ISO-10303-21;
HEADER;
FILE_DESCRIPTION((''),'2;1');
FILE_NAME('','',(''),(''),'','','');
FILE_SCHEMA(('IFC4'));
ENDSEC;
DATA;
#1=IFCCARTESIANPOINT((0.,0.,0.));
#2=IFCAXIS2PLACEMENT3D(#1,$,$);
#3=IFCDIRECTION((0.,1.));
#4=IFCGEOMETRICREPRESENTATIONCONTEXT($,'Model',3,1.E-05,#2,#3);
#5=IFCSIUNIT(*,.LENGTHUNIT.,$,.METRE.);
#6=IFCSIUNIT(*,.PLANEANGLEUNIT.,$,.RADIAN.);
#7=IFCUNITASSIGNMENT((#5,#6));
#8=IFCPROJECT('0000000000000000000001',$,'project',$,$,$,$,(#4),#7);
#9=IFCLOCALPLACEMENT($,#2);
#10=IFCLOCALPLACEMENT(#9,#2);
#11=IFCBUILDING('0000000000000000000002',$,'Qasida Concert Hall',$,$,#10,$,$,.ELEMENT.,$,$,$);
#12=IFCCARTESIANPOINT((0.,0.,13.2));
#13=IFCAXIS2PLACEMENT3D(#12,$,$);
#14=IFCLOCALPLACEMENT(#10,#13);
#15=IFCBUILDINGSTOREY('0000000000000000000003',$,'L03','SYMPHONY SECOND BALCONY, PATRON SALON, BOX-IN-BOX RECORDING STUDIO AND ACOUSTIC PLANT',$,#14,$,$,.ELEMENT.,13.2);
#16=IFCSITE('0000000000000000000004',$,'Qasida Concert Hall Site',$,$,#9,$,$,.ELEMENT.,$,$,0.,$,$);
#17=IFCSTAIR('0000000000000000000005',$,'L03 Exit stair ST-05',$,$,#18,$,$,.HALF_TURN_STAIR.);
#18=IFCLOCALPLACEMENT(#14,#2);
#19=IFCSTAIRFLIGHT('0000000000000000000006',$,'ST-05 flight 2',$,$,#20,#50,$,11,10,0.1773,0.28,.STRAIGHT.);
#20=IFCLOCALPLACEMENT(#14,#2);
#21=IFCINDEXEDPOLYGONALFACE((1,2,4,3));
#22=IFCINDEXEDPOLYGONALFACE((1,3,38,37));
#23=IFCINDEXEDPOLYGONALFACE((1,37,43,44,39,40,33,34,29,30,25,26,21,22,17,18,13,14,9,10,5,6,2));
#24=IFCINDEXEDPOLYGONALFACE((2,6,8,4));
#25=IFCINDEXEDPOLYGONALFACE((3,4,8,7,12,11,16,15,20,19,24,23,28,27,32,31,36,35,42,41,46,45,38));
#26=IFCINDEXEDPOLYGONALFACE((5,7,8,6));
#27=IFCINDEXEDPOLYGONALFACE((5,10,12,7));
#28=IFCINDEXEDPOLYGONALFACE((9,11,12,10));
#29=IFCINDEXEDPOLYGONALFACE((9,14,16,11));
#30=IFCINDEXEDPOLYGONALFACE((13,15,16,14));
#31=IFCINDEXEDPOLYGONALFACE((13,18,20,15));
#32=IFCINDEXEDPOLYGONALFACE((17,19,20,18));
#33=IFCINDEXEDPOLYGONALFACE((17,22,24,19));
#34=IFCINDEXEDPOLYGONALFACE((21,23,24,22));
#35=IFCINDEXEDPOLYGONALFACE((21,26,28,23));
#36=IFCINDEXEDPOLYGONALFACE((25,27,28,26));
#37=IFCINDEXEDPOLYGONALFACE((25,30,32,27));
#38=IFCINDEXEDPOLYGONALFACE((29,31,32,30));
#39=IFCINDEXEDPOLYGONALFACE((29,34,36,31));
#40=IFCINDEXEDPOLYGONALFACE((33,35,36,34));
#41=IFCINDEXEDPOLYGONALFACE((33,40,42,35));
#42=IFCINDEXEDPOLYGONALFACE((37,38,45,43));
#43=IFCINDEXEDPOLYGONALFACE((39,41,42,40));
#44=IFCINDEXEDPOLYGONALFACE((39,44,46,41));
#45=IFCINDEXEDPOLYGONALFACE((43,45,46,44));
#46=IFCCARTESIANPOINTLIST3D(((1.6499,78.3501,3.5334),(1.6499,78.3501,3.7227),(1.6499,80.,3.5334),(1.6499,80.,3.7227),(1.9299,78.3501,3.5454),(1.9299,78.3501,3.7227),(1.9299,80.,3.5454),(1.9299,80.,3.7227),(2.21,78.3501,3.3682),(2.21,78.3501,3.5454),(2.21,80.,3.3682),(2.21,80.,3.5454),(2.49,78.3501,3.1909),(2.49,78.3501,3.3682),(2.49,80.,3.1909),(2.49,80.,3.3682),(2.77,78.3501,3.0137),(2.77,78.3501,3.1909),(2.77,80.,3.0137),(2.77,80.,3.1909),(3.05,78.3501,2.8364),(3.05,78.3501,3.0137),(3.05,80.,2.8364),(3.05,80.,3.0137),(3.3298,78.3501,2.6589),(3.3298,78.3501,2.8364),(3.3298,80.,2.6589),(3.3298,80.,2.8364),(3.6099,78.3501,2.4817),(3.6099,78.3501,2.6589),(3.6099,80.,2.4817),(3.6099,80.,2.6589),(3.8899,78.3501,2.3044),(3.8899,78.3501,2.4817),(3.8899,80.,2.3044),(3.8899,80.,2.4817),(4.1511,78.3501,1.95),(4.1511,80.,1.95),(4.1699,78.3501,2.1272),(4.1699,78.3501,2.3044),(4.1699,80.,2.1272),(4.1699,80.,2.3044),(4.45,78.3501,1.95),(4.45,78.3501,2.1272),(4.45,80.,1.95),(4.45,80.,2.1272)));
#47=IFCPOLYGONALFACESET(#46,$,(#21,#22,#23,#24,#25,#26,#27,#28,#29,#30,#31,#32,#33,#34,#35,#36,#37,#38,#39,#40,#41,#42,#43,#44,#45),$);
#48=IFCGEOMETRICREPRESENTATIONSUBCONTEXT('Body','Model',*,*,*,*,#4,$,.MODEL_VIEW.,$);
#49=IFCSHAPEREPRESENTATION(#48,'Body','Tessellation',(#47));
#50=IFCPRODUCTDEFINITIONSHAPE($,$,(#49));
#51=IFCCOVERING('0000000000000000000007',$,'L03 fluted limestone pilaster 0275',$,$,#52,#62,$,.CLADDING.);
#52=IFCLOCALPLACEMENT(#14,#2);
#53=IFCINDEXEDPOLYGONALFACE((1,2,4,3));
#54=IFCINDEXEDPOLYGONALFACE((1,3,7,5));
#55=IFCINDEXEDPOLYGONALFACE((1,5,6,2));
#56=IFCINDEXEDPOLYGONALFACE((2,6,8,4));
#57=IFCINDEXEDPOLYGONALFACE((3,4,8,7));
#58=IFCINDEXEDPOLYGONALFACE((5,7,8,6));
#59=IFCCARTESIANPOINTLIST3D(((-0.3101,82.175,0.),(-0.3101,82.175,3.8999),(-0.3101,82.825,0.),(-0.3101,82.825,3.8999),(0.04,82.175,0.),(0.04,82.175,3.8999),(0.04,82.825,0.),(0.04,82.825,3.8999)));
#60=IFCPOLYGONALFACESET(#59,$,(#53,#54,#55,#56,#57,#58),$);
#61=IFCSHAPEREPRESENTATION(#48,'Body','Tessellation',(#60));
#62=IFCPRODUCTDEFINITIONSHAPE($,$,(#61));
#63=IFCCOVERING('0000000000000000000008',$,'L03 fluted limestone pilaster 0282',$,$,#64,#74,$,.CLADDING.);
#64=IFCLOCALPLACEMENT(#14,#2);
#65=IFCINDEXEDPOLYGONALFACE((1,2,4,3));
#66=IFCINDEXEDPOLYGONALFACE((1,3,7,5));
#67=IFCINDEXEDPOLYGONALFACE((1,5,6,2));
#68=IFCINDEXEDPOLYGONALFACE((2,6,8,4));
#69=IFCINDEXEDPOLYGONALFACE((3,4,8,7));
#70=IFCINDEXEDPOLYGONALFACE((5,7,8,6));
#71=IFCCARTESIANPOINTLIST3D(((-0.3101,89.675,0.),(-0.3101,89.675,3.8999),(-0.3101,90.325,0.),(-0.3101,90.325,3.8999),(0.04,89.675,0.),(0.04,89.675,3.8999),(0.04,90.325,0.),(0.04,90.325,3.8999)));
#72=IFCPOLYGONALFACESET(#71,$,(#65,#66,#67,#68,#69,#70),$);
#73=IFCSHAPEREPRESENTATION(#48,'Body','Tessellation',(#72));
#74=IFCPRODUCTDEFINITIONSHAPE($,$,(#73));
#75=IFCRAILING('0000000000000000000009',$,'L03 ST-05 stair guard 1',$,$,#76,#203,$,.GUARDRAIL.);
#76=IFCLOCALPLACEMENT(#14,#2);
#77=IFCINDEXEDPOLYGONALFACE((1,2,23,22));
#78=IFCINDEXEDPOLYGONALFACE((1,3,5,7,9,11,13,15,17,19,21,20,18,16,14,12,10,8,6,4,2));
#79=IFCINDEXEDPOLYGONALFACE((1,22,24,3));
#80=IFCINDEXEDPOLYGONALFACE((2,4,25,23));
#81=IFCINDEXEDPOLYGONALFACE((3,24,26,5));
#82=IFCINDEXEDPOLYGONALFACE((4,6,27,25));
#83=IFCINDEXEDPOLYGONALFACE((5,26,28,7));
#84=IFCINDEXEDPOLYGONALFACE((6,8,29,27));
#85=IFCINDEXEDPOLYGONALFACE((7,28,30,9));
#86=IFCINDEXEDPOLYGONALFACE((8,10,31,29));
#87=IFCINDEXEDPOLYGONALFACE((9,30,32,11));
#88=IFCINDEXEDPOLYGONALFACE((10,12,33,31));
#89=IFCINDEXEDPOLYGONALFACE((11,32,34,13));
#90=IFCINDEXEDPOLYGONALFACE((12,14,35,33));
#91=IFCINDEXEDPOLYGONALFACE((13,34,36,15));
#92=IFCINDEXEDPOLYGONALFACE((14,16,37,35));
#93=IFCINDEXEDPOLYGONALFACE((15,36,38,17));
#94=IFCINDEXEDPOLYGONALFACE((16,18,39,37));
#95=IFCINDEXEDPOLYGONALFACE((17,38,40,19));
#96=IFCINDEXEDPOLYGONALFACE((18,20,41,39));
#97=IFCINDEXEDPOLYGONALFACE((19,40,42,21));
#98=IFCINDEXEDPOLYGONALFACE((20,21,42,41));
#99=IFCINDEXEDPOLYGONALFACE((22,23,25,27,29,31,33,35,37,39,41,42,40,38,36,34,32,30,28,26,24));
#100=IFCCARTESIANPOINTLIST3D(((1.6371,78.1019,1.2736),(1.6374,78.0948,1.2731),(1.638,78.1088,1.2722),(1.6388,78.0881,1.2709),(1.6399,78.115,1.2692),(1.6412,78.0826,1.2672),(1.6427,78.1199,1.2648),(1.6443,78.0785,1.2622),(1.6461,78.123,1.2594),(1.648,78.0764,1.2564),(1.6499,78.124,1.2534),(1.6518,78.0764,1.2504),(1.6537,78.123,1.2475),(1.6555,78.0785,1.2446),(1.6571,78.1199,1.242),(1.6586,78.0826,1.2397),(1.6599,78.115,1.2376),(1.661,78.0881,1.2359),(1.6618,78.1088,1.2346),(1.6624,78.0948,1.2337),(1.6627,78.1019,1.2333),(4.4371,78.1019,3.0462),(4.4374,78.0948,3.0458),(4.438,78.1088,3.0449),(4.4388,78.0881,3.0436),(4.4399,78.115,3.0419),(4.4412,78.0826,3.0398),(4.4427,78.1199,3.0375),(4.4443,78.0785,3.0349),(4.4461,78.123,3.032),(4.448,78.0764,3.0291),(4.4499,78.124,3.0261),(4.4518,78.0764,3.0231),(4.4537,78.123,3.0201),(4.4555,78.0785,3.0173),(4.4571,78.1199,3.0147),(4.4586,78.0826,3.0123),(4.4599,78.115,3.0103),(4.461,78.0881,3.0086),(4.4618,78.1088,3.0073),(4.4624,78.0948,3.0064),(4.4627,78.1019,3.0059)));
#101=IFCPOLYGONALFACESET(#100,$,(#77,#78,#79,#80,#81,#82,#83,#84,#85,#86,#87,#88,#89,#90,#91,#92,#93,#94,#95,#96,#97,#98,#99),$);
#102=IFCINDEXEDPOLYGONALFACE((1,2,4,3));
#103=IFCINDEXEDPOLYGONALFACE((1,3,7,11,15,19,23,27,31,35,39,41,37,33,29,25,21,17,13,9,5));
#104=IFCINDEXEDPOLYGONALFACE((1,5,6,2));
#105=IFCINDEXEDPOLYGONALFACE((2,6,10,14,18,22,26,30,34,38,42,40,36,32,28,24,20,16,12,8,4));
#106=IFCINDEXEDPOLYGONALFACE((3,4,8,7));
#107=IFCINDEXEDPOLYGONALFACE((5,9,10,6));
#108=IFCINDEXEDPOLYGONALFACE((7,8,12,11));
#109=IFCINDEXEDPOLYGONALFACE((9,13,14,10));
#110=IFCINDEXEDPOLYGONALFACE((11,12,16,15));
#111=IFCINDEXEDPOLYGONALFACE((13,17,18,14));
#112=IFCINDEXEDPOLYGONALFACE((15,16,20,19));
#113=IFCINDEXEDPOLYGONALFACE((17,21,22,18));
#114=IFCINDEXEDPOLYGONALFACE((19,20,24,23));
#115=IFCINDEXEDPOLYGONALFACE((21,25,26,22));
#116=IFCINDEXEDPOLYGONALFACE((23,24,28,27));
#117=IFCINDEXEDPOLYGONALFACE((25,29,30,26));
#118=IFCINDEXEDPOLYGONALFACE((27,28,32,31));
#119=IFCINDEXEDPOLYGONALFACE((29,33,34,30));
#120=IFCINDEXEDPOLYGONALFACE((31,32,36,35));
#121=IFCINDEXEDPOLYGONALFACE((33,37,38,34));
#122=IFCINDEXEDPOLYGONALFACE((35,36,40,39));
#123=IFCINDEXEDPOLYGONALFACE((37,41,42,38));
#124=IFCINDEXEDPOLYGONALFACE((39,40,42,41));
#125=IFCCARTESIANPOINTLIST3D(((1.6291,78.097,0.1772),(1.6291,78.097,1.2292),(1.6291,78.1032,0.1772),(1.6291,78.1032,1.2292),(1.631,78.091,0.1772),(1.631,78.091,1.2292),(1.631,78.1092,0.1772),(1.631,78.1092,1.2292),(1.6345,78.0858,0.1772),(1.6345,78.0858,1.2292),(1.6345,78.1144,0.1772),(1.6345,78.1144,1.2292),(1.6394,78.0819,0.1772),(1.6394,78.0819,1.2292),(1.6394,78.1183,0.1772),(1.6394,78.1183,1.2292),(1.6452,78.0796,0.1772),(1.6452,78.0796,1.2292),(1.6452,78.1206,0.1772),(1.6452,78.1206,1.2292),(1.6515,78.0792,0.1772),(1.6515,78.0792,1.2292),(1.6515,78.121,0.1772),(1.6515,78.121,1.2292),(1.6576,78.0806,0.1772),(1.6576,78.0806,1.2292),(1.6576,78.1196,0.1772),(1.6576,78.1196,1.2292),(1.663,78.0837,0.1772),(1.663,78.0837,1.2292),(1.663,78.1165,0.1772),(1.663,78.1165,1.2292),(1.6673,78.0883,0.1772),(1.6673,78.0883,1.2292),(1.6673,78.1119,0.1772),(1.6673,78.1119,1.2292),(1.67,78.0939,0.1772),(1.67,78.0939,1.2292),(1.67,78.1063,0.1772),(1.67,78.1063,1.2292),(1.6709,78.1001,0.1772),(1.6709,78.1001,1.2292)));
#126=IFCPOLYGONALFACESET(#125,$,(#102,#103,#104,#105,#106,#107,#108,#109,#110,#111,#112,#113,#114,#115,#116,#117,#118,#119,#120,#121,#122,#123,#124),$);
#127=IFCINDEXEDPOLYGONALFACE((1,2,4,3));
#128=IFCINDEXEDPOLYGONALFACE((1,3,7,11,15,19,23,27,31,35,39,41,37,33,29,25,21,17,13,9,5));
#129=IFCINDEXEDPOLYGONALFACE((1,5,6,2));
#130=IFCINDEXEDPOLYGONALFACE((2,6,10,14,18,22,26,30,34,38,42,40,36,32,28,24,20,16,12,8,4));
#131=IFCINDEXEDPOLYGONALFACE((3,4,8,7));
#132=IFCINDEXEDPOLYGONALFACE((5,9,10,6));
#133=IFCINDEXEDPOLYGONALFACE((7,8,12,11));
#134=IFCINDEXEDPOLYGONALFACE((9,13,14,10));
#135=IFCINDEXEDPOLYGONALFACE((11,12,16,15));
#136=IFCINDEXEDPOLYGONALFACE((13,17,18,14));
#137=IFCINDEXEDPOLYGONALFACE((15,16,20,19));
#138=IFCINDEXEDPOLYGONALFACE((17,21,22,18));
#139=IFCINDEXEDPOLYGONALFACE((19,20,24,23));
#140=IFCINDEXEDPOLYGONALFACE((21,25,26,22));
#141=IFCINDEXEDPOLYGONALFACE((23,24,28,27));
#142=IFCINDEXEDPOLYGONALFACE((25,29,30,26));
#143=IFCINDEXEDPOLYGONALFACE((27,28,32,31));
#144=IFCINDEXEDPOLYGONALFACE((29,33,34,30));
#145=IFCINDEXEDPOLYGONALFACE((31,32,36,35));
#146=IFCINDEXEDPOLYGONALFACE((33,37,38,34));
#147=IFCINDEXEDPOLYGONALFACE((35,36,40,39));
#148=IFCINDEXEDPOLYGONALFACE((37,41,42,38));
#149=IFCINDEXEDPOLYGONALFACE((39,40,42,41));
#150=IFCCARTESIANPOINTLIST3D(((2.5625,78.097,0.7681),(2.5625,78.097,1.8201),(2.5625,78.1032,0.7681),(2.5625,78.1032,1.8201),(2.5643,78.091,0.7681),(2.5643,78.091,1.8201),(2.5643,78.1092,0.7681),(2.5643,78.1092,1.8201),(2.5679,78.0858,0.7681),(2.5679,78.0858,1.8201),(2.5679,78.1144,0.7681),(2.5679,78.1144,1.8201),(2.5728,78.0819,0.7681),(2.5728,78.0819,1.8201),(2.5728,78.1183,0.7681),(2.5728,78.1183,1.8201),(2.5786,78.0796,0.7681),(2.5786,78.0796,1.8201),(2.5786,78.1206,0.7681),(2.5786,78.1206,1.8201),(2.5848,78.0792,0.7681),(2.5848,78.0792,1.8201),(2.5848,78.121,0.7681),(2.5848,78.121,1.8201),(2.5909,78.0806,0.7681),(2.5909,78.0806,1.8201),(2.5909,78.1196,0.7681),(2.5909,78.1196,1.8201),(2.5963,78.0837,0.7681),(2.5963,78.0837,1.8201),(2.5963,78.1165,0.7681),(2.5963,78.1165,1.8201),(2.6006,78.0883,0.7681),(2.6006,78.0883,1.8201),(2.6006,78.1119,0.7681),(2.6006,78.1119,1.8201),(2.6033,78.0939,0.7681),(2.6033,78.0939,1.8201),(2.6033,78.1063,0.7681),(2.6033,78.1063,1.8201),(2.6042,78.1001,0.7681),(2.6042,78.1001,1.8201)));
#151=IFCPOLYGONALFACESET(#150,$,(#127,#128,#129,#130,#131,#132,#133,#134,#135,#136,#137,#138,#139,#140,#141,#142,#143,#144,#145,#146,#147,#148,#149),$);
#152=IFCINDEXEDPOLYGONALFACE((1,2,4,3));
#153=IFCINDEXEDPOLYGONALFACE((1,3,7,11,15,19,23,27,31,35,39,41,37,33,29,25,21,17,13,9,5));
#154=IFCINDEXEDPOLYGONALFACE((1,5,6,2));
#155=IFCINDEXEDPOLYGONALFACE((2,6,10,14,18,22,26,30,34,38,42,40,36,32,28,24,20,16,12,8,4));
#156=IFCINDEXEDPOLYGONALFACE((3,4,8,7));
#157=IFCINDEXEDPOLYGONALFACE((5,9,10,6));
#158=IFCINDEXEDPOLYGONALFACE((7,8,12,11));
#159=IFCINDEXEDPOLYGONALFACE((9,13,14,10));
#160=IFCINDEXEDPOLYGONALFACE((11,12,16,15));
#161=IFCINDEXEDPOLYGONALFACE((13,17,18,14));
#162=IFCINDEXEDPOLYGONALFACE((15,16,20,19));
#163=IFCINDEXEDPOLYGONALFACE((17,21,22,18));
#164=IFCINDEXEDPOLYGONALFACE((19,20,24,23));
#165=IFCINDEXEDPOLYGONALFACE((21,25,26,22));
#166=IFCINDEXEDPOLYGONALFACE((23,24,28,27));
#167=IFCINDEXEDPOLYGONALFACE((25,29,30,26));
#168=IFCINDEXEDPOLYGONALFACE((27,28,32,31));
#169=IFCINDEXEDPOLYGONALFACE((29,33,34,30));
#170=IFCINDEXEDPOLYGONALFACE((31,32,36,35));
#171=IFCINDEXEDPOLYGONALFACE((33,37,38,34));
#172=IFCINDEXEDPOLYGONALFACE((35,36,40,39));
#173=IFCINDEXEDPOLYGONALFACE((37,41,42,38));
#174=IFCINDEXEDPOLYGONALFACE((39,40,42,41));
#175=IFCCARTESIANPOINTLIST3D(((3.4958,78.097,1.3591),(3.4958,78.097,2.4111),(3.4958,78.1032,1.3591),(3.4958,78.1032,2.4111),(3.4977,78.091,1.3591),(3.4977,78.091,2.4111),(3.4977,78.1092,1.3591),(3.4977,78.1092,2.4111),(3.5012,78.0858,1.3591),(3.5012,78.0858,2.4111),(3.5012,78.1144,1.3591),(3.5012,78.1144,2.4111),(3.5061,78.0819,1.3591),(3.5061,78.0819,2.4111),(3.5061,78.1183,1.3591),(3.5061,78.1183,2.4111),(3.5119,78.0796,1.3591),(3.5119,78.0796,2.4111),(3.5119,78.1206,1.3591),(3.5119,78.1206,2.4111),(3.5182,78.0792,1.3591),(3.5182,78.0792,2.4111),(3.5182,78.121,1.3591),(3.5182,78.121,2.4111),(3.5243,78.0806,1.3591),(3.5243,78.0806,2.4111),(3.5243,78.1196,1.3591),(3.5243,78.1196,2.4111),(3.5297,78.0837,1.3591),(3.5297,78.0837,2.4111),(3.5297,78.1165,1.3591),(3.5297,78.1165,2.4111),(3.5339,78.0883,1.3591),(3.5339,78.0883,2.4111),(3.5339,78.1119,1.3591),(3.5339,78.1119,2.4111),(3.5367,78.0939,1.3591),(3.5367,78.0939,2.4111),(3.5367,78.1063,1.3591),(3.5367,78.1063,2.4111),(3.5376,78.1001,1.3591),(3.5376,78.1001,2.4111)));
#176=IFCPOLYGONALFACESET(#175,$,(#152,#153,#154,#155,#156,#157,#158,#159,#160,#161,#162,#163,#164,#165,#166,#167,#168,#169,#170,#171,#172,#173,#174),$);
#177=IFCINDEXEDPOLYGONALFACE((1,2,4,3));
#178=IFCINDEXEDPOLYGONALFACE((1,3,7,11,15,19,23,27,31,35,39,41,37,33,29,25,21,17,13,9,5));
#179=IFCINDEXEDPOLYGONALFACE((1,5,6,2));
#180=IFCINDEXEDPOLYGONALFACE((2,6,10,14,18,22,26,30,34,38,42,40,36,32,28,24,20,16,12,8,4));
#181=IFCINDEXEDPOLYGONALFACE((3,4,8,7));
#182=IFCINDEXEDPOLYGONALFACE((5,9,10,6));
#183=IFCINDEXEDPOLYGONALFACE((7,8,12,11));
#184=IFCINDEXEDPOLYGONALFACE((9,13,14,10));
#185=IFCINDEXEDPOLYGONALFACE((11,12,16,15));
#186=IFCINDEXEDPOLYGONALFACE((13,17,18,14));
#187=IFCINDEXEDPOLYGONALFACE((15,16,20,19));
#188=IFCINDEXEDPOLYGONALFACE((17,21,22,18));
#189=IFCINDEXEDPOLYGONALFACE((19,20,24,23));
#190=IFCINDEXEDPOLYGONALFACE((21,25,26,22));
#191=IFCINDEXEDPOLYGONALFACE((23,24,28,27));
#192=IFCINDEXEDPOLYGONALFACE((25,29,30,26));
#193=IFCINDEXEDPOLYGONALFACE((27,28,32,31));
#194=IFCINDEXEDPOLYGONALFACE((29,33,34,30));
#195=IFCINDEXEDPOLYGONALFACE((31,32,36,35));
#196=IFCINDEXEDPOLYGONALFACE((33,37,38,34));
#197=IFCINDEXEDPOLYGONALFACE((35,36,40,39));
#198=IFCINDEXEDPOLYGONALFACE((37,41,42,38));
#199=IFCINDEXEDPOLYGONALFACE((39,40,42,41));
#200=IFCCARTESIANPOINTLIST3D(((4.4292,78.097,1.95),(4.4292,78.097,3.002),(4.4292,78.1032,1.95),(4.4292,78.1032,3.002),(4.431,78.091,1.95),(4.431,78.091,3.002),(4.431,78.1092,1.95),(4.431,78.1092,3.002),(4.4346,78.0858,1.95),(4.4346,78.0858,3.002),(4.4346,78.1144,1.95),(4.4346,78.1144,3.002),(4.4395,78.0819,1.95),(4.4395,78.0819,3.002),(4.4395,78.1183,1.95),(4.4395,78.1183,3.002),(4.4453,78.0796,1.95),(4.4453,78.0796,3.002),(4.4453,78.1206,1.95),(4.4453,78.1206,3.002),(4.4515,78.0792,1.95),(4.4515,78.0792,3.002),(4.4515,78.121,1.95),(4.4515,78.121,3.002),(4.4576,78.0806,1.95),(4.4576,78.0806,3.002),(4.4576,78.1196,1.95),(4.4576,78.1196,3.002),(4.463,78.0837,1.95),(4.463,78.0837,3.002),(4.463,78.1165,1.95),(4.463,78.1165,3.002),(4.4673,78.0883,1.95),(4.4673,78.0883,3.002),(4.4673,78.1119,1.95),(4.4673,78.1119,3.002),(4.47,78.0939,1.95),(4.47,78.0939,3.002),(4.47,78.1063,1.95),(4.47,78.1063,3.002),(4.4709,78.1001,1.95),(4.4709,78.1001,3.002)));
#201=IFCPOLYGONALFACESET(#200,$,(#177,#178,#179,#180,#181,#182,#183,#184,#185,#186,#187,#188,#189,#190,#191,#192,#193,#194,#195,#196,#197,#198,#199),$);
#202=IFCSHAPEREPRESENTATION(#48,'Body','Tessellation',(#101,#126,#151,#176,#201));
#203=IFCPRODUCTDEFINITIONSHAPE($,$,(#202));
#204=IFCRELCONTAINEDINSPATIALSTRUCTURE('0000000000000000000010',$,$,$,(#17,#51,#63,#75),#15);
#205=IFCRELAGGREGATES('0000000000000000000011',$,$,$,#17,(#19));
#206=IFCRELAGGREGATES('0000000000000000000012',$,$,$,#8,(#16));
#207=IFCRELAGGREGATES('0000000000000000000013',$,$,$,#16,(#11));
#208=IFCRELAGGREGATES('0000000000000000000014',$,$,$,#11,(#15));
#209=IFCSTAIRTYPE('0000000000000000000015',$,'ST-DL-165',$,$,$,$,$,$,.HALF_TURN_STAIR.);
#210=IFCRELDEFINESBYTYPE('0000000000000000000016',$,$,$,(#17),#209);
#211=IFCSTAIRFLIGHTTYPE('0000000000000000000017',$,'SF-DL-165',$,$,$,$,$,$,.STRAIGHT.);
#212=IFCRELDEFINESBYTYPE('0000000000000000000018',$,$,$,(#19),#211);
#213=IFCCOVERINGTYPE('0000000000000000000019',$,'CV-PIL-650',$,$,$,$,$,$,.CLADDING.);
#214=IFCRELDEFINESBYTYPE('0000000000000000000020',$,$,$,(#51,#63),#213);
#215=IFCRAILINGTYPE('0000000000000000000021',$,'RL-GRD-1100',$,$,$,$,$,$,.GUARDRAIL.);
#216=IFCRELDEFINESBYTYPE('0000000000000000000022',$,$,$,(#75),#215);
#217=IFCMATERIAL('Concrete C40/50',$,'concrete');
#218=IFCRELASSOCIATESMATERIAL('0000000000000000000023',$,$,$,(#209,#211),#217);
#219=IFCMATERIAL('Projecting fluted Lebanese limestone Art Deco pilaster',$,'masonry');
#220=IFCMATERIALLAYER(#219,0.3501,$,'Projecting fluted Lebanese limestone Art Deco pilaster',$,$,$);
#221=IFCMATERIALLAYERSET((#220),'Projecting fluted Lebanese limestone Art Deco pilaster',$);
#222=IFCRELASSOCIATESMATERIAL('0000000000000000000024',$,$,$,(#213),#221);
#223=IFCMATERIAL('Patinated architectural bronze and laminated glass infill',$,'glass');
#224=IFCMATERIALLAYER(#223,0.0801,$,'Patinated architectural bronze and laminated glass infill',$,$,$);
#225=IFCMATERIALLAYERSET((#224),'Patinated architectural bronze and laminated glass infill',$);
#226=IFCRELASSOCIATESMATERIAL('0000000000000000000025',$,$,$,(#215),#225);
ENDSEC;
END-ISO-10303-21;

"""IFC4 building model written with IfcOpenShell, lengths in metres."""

from ifc_helpers import new_model, si_unit, direction, frame, origin, origin_2d, place, context, subcontext, project, spatial, polyline, rectangle, circle, outline, extrude, material, layer, layer_set, type_object, element, aggregate, save


model = new_model("IFC4")

# Units and contexts
model_context = context("Model", 3, precision=1e-05, world=origin(), true_north=direction((0.0, 1.0)))
body_context = subcontext(model_context, "Body", "Model", "MODEL_VIEW")
ifc_project = project(units=[si_unit("LENGTHUNIT", "METRE"), si_unit("PLANEANGLEUNIT", "RADIAN")], contexts=[model_context])

# Site, building, storey
site_placement = place(None, origin())
site = spatial("IfcSite", under=ifc_project, at=site_placement, Name="Qasida Concert Hall Site", CompositionType="ELEMENT", RefElevation=0.0)
building_placement = place(site_placement, origin())
building = spatial("IfcBuilding", under=site, at=building_placement, Name="Qasida Concert Hall", CompositionType="ELEMENT")
storey_placement = place(building_placement, frame((0.0, 0.0, 13.2)))
storey = spatial("IfcBuildingStorey", under=building, at=storey_placement, Name="L03", Description="SYMPHONY SECOND BALCONY, PATRON SALON, BOX-IN-BOX RECORDING STUDIO AND ACOUSTIC PLANT", CompositionType="ELEMENT", Elevation=13.2)

# Shared definitions
ifc_material_1 = material(Name="Concrete C40/50", Category="concrete")

# Stair, stair flight
stair_type = type_object("IfcStairType", Name="ST-DL-165", PredefinedType="HALF_TURN_STAIR", material=ifc_material_1)
stair_placement = place(storey_placement, origin())
stair = element("IfcStair", 1, at=stair_placement, inside=storey, type_object=stair_type, Name="L03 Exit stair ST-05", PredefinedType="HALF_TURN_STAIR")
stair_flight_type = type_object("IfcStairFlightType", Name="SF-DL-165", PredefinedType="STRAIGHT", material=ifc_material_1)
stair_flight_1_placement = place(storey_placement, frame((4.45, 79.175, 1.95), z_axis=(0.0, 0.0, 1.0), x_axis=(-1.0, 0.0, 0.0)))
stair_flight_1 = element("IfcStairFlight", 2, at=stair_flight_1_placement, type_object=stair_flight_type, Name="ST-05 flight 2", NumberOfRisers=11, NumberOfTreads=10, PredefinedType="STRAIGHT", RiserHeight=0.1773, TreadLength=0.28, context=body_context, shape_type="SweptSolid", body=[
    extrude(outline(polyline([(0.0, 0.0), (0.0, 0.1772), (0.28, 0.1772), (0.28, 0.3545), (0.5601, 0.3545), (0.5601, 0.5317), (0.8401, 0.5317), (0.8401, 0.709), (1.1201, 0.709), (1.1201, 0.8865), (1.3999, 0.8865), (1.3999, 1.0637), (1.6799, 1.0637), (1.6799, 1.241), (1.96, 1.241), (1.96, 1.4182), (2.24, 1.4182), (2.24, 1.5955), (2.52, 1.5955), (2.52, 1.7727), (2.8, 1.7727), (2.8, 1.95), (2.8, 1.5835), (0.2988, 0.0), (0.0, 0.0)])), frame((0.0, 0.825, 0.0), z_axis=(0.0, -1.0, 0.0), x_axis=(1.0, 0.0, 0.0)), (0.0, 0.0, 1.0), 1.6499),
])
aggregate(stair, [stair_flight_1])

# Coverings
ifc_material_2 = material(Name="Projecting fluted Lebanese limestone Art Deco pilaster", Category="masonry")
ifc_layer_1 = layer(ifc_material_2, 0.3501, Name="Projecting fluted Lebanese limestone Art Deco pilaster")
ifc_layer_set_1 = layer_set([ifc_layer_1], Name="Projecting fluted Lebanese limestone Art Deco pilaster")
covering_type = type_object("IfcCoveringType", Name="CV-PIL-650", PredefinedType="CLADDING", material=ifc_layer_set_1)
for number, where, z_axis, x_axis, name in (
    (3, (-0.135, 82.5, 0.0), (0.0, 0.0, 1.0), (1.0, 0.0, 0.0), "L03 fluted limestone pilaster 0275"),
    (4, (-0.135, 90.0, 0.0), (0.0, 0.0, 1.0), (1.0, 0.0, 0.0), "L03 fluted limestone pilaster 0282"),
):
    element("IfcCovering", number, at=place(storey_placement, frame(where, z_axis=z_axis, x_axis=x_axis)), inside=storey, type_object=covering_type, Name=name, PredefinedType="CLADDING", context=body_context, shape_type="SweptSolid", body=[
        extrude(rectangle(XDim=0.3501, YDim=0.6499, at=origin_2d()), origin(), (0.0, 0.0, 1.0), 3.8999),
    ])

# Railing
ifc_material_3 = material(Name="Patinated architectural bronze and laminated glass infill", Category="glass")
ifc_layer_2 = layer(ifc_material_3, 0.0801, Name="Patinated architectural bronze and laminated glass infill")
ifc_layer_set_2 = layer_set([ifc_layer_2], Name="Patinated architectural bronze and laminated glass infill")
railing_type_1 = type_object("IfcRailingType", Name="RL-GRD-1100", PredefinedType="GUARDRAIL", material=ifc_layer_set_2)
railing_1_placement = place(storey_placement, frame((1.6499, 78.1001, 0.1772)))
element("IfcRailing", 5, at=railing_1_placement, inside=storey, type_object=railing_type_1, Name="L03 ST-05 stair guard 1", PredefinedType="GUARDRAIL", context=body_context, shape_type="SweptSolid", body=[
    extrude(circle(Radius=0.0239, at=origin_2d()), frame((0.0, 0.0, 1.0762), z_axis=(0.844909, 0.0, 0.53491), x_axis=(0.0, 1.0, 0.0)), (0.0, 0.0, 1.0), 3.314),
    extrude(circle(Radius=0.021, at=origin_2d()), origin(), (0.0, 0.0, 1.0), 1.052),
    extrude(circle(Radius=0.021, at=origin_2d()), frame((0.9333, 0.0, 0.5908)), (0.0, 0.0, 1.0), 1.052),
    extrude(circle(Radius=0.021, at=origin_2d()), frame((1.8667, 0.0, 1.1819)), (0.0, 0.0, 1.0), 1.052),
    extrude(circle(Radius=0.021, at=origin_2d()), frame((2.8, 0.0, 1.7727)), (0.0, 0.0, 1.0), 1.052),
])

save(model, "model.ifc")
